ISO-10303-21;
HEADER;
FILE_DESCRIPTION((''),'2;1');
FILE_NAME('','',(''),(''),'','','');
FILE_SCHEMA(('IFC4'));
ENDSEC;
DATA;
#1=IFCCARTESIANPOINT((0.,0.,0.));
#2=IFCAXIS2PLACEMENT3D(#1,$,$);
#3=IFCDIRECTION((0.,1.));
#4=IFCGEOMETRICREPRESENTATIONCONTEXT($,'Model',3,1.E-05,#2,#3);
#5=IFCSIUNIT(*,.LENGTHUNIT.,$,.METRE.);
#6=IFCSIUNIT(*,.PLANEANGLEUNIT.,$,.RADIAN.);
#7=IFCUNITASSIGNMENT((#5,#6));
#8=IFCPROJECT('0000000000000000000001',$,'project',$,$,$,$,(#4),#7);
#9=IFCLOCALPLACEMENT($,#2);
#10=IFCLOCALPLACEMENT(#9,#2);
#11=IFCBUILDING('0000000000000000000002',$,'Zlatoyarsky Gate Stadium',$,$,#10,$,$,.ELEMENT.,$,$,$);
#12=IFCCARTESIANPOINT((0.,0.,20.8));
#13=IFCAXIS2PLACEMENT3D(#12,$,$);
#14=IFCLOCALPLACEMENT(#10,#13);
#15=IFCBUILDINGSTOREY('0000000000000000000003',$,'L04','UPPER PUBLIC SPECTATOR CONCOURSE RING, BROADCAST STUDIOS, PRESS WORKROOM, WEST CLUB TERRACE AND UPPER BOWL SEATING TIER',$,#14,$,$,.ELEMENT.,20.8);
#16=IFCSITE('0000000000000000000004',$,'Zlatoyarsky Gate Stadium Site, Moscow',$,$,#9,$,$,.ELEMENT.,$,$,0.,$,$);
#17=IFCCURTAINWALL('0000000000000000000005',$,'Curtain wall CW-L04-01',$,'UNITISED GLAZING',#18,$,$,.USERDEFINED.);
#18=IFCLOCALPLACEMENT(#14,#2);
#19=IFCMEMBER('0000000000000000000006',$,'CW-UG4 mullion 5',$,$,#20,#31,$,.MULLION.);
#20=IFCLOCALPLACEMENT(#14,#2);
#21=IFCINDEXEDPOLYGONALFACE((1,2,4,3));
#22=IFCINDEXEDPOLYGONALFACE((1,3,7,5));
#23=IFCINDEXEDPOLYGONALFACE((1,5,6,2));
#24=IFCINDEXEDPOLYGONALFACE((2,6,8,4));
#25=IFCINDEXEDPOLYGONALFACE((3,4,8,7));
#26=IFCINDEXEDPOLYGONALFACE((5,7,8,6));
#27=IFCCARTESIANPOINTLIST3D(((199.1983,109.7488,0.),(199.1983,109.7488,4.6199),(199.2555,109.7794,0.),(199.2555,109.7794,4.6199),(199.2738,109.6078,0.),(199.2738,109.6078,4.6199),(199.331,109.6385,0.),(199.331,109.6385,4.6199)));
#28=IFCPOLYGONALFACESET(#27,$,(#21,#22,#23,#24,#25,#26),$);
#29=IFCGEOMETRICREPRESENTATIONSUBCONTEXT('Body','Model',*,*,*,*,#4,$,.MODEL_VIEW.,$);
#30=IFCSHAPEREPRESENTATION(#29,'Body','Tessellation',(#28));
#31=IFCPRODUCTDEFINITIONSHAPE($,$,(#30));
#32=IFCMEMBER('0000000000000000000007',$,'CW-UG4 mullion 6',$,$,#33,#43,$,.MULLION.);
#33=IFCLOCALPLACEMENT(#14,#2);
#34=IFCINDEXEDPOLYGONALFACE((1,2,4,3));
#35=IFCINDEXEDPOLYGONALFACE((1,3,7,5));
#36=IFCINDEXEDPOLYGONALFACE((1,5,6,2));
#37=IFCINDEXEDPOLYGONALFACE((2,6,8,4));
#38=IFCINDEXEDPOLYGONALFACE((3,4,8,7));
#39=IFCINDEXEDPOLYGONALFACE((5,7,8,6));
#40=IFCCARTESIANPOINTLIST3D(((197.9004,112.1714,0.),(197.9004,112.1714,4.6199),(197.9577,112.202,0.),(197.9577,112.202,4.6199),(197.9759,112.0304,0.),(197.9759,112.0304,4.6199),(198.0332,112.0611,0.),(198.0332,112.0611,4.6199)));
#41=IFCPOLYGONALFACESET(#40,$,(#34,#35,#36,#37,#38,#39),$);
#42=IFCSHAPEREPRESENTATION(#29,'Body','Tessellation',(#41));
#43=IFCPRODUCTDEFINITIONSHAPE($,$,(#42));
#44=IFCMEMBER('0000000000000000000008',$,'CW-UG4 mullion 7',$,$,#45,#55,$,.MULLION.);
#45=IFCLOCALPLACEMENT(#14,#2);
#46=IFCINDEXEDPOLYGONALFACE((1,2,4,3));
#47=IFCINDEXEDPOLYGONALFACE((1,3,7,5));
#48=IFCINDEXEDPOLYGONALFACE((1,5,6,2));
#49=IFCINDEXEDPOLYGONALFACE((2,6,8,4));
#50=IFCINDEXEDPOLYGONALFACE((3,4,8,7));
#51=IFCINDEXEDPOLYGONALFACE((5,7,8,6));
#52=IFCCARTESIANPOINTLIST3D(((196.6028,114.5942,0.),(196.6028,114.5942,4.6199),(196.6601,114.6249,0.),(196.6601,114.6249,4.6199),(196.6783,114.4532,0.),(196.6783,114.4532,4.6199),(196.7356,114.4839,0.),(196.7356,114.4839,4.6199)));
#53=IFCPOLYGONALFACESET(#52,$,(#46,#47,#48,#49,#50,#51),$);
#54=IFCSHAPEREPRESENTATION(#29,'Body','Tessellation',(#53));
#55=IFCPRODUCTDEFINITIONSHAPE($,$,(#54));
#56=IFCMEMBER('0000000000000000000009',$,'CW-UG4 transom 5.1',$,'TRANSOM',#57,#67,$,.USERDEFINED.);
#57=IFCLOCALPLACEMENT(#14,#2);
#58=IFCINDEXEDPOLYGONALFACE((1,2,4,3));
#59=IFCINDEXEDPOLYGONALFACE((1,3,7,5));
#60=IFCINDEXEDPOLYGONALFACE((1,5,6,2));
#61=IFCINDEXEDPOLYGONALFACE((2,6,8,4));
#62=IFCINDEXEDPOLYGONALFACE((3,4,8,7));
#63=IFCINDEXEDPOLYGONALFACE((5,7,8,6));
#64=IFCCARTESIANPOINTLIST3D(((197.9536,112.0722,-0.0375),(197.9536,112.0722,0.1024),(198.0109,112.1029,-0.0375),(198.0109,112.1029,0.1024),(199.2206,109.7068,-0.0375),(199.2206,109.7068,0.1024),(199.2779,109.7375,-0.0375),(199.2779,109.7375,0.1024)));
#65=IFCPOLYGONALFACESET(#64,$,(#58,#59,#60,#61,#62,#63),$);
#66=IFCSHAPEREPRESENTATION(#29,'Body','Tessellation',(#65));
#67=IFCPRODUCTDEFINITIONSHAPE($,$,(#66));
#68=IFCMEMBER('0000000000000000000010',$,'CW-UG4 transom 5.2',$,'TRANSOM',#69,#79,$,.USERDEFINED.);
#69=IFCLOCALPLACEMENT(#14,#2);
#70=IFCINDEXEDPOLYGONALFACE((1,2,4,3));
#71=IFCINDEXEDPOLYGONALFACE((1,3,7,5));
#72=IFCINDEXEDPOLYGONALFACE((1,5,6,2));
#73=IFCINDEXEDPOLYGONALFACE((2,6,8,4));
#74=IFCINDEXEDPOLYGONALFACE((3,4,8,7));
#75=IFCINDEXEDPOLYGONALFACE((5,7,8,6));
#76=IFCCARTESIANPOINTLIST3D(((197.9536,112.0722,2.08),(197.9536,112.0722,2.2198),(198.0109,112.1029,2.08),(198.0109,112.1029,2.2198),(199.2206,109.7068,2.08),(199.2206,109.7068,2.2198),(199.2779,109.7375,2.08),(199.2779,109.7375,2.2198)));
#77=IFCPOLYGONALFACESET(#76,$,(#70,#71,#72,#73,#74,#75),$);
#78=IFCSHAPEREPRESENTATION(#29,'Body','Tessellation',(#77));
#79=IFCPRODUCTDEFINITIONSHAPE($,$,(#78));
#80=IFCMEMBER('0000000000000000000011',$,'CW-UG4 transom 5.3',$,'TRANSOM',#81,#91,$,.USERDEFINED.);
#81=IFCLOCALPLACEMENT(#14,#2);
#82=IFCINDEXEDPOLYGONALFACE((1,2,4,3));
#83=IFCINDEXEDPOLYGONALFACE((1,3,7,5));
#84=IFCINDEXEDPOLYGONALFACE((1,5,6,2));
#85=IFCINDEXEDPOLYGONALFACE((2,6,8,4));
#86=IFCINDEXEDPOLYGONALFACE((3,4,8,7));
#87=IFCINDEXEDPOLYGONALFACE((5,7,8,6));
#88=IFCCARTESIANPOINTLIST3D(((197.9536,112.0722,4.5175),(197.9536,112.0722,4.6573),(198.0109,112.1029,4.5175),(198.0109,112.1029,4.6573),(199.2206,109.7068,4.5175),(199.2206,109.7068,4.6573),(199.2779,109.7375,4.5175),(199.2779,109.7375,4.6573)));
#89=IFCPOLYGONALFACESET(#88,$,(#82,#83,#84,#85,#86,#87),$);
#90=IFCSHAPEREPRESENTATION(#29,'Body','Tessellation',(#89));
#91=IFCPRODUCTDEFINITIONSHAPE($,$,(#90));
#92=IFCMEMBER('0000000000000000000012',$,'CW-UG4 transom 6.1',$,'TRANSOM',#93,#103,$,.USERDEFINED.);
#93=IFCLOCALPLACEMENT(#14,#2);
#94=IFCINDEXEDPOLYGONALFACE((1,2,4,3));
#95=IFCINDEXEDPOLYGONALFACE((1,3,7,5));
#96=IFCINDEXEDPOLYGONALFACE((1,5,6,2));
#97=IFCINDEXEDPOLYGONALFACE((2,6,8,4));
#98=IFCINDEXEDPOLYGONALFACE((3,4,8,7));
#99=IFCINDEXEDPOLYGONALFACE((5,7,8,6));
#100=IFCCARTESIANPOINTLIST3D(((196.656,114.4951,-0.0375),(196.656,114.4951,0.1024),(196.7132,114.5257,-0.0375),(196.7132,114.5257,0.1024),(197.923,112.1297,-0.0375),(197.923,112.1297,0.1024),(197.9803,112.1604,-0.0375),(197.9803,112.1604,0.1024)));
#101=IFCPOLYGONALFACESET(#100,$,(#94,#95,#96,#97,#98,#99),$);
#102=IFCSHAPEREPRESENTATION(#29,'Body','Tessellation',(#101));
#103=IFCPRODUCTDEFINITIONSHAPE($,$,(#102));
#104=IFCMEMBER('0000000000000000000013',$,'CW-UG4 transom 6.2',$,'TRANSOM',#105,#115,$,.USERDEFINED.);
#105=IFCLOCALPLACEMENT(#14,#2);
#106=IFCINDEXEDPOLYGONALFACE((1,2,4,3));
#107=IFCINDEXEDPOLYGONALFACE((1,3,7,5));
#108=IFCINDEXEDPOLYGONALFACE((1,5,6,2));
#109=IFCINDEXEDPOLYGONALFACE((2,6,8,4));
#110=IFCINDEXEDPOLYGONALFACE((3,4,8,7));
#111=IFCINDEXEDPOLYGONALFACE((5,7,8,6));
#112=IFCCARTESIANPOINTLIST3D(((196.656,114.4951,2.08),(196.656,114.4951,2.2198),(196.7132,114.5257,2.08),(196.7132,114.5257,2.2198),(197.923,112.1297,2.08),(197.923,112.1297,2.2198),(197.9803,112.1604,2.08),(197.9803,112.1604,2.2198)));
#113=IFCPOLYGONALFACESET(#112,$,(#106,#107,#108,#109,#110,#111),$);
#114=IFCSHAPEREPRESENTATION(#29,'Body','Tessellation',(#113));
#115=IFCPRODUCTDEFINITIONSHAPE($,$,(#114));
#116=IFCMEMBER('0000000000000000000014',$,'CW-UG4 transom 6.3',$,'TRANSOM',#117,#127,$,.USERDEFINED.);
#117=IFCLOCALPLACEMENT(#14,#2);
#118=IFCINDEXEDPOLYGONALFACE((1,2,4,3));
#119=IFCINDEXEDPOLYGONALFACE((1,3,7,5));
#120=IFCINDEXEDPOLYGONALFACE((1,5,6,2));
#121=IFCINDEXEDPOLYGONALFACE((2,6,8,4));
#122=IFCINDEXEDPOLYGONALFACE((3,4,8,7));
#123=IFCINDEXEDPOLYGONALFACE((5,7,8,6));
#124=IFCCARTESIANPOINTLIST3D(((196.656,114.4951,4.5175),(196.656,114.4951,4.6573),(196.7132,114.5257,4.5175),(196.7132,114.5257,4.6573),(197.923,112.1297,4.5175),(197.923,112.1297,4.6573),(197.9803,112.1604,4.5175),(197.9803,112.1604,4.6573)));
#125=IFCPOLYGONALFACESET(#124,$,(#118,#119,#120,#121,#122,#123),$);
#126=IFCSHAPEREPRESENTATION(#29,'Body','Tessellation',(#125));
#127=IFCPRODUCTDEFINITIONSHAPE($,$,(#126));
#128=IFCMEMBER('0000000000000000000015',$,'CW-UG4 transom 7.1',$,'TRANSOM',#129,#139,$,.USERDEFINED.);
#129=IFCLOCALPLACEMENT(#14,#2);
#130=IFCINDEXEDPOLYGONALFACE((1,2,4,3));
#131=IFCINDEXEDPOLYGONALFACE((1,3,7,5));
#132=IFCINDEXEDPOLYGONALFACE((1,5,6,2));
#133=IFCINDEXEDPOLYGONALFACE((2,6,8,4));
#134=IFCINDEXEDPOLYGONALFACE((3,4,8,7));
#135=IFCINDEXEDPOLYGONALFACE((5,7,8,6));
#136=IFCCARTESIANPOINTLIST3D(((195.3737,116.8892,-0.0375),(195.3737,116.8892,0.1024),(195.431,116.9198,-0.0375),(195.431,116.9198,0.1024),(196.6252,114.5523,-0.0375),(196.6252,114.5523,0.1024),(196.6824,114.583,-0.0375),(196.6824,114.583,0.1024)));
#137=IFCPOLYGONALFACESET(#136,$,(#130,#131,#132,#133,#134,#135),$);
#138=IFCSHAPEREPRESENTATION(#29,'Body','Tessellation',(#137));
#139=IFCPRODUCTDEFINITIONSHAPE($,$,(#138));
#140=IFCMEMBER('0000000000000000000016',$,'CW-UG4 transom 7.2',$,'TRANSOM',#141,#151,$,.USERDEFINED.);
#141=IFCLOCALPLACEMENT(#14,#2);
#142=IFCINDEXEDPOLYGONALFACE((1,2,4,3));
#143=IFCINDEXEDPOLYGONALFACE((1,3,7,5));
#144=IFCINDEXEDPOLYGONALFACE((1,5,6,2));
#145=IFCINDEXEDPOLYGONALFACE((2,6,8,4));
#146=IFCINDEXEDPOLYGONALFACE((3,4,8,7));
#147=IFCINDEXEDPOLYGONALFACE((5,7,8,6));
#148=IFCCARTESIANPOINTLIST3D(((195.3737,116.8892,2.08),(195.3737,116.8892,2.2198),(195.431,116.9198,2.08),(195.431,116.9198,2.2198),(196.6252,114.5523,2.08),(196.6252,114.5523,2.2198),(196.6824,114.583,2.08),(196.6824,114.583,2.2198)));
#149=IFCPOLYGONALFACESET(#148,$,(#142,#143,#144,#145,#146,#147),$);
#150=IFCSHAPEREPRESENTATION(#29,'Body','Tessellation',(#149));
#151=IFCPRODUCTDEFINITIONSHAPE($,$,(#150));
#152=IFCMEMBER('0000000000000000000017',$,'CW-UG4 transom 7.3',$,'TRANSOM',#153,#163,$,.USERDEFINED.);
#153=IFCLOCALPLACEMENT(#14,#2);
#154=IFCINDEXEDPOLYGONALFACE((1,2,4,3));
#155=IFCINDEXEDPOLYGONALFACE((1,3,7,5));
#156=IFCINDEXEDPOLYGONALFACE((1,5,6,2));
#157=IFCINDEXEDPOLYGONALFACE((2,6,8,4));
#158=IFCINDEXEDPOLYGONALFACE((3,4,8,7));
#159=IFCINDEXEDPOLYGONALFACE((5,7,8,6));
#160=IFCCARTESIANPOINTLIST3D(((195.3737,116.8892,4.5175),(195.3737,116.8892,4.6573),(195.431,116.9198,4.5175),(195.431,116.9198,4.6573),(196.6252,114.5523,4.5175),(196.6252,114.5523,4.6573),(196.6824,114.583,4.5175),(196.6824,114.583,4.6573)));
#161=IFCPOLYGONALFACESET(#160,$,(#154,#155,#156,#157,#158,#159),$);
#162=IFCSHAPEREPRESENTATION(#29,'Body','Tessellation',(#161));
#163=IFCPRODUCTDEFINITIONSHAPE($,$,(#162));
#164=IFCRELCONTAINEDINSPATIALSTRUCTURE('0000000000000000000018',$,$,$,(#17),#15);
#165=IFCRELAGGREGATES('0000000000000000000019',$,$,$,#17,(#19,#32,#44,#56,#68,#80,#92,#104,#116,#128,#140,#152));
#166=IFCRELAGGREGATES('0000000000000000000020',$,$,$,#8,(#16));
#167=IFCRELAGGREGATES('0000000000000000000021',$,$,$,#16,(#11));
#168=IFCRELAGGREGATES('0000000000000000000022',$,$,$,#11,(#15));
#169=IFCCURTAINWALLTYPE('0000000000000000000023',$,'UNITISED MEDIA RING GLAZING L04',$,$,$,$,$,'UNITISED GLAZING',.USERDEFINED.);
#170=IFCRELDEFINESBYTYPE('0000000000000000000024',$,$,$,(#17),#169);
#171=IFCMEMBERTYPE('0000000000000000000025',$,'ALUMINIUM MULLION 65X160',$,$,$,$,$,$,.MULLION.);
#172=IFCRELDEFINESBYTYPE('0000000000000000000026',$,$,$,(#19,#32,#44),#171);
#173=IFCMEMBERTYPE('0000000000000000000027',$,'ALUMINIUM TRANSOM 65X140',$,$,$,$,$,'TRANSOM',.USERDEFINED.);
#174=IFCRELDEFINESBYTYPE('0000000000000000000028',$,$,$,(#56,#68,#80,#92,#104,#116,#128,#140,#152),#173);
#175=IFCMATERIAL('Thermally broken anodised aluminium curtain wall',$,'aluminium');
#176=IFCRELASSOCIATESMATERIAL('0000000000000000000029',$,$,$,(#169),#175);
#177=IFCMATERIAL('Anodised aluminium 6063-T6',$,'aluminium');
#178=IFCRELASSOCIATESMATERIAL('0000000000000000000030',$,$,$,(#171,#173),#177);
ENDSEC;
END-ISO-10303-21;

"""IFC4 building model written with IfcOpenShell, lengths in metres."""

from ifc_helpers import new_model, si_unit, direction, frame, origin, origin_2d, place, context, subcontext, project, spatial, rectangle, extrude, material, material_profile, profile_set, type_object, element, aggregate, save


model = new_model("IFC4")

# Units and contexts
model_context = context("Model", 3, precision=1e-05, world=origin(), true_north=direction((0.0, 1.0)))
body_context = subcontext(model_context, "Body", "Model", "MODEL_VIEW")
ifc_project = project(units=[si_unit("LENGTHUNIT", "METRE"), si_unit("PLANEANGLEUNIT", "RADIAN")], contexts=[model_context])

# Site, building, storey
site_placement = place(None, origin())
site = spatial("IfcSite", under=ifc_project, at=site_placement, Name="Zlatoyarsky Gate Stadium Site, Moscow", CompositionType="ELEMENT", RefElevation=0.0)
building_placement = place(site_placement, origin())
building = spatial("IfcBuilding", under=site, at=building_placement, Name="Zlatoyarsky Gate Stadium", CompositionType="ELEMENT")
storey_placement = place(building_placement, frame((0.0, 0.0, 20.8)))
storey = spatial("IfcBuildingStorey", under=building, at=storey_placement, Name="L04", Description="UPPER PUBLIC SPECTATOR CONCOURSE RING, BROADCAST STUDIOS, PRESS WORKROOM, WEST CLUB TERRACE AND UPPER BOWL SEATING TIER", CompositionType="ELEMENT", Elevation=20.8)

# Curtain wall, members
ifc_material_1 = material(Name="Thermally broken anodised aluminium curtain wall", Category="aluminium")
curtain_wall_type = type_object("IfcCurtainWallType", Name="UNITISED MEDIA RING GLAZING L04", ElementType="UNITISED GLAZING", PredefinedType="USERDEFINED", material=ifc_material_1)
curtain_wall_placement = place(storey_placement, origin())
curtain_wall = element("IfcCurtainWall", 1, at=curtain_wall_placement, inside=storey, type_object=curtain_wall_type, Name="Curtain wall CW-L04-01", ObjectType="UNITISED GLAZING", PredefinedType="USERDEFINED")
ifc_material_2 = material(Name="Anodised aluminium 6063-T6", Category="aluminium")
ifc_material_profile_1 = material_profile(ifc_material_2, rectangle(XDim=0.0649, YDim=0.1599, at=origin_2d()), Name="ALU 65X160")
ifc_profile_set_1 = profile_set([ifc_material_profile_1], Name="Anodised aluminium 6063-T6")
member_type_1 = type_object("IfcMemberType", Name="ALUMINIUM MULLION 65X160", PredefinedType="MULLION", material=ifc_profile_set_1)
member_1_placement = place(storey_placement, frame((199.2646, 109.6936, 0.0), z_axis=(0.0, 0.0, 1.0), x_axis=(-0.881521, -0.472145, 0.0)))
member_1 = element("IfcMember", 2, at=member_1_placement, type_object=member_type_1, Name="CW-UG4 mullion 5", PredefinedType="MULLION", context=body_context, shape_type="SweptSolid", body=[
    extrude(rectangle(XDim=0.0649, YDim=0.1599, at=origin_2d()), origin(), (0.0, 0.0, 1.0), 4.6199),
])
member_2_placement = place(storey_placement, frame((197.9668, 112.1162, 0.0), z_axis=(0.0, 0.0, 1.0), x_axis=(-0.881521, -0.472145, 0.0)))
member_2 = element("IfcMember", 3, at=member_2_placement, type_object=member_type_1, Name="CW-UG4 mullion 6", PredefinedType="MULLION", context=body_context, shape_type="SweptSolid", body=[
    extrude(rectangle(XDim=0.0649, YDim=0.1599, at=origin_2d()), origin(), (0.0, 0.0, 1.0), 4.6199),
])
member_3_placement = place(storey_placement, frame((196.6692, 114.5391, 0.0), z_axis=(0.0, 0.0, 1.0), x_axis=(-0.881521, -0.472145, 0.0)))
member_3 = element("IfcMember", 4, at=member_3_placement, type_object=member_type_1, Name="CW-UG4 mullion 7", PredefinedType="MULLION", context=body_context, shape_type="SweptSolid", body=[
    extrude(rectangle(XDim=0.0649, YDim=0.1599, at=origin_2d()), origin(), (0.0, 0.0, 1.0), 4.6199),
])
ifc_material_profile_2 = material_profile(ifc_material_2, rectangle(XDim=0.0649, YDim=0.1399, at=origin_2d()), Name="ALU 65X140")
ifc_profile_set_2 = profile_set([ifc_material_profile_2], Name="Anodised aluminium 6063-T6")
member_type_2 = type_object("IfcMemberType", Name="ALUMINIUM TRANSOM 65X140", ElementType="TRANSOM", PredefinedType="USERDEFINED", material=ifc_profile_set_2)
member_4_placement = place(storey_placement, frame((199.2493, 109.7222, 0.0325), z_axis=(-0.472184, 0.8815, 0.0), x_axis=(-0.8815, -0.472184, 0.0)))
member_4 = element("IfcMember", 5, at=member_4_placement, type_object=member_type_2, Name="CW-UG4 transom 5.1", ObjectType="TRANSOM", PredefinedType="USERDEFINED", context=body_context, shape_type="SweptSolid", body=[
    extrude(rectangle(XDim=0.0649, YDim=0.1399, at=origin_2d()), origin(), (0.0, 0.0, 1.0), 2.6833),
])
member_5_placement = place(storey_placement, frame((199.2493, 109.7222, 2.1499), z_axis=(-0.472184, 0.8815, 0.0), x_axis=(-0.8815, -0.472184, 0.0)))
member_5 = element("IfcMember", 6, at=member_5_placement, type_object=member_type_2, Name="CW-UG4 transom 5.2", ObjectType="TRANSOM", PredefinedType="USERDEFINED", context=body_context, shape_type="SweptSolid", body=[
    extrude(rectangle(XDim=0.0649, YDim=0.1399, at=origin_2d()), origin(), (0.0, 0.0, 1.0), 2.6833),
])
member_6_placement = place(storey_placement, frame((199.2493, 109.7222, 4.5874), z_axis=(-0.472184, 0.8815, 0.0), x_axis=(-0.8815, -0.472184, 0.0)))
member_6 = element("IfcMember", 7, at=member_6_placement, type_object=member_type_2, Name="CW-UG4 transom 5.3", ObjectType="TRANSOM", PredefinedType="USERDEFINED", context=body_context, shape_type="SweptSolid", body=[
    extrude(rectangle(XDim=0.0649, YDim=0.1399, at=origin_2d()), origin(), (0.0, 0.0, 1.0), 2.6833),
])
member_7_placement = place(storey_placement, frame((197.9517, 112.145, 0.0325), z_axis=(-0.472184, 0.8815, 0.0), x_axis=(-0.8815, -0.472184, 0.0)))
member_7 = element("IfcMember", 8, at=member_7_placement, type_object=member_type_2, Name="CW-UG4 transom 6.1", ObjectType="TRANSOM", PredefinedType="USERDEFINED", context=body_context, shape_type="SweptSolid", body=[
    extrude(rectangle(XDim=0.0649, YDim=0.1399, at=origin_2d()), origin(), (0.0, 0.0, 1.0), 2.6833),
])
member_8_placement = place(storey_placement, frame((197.9517, 112.145, 2.1499), z_axis=(-0.472184, 0.8815, 0.0), x_axis=(-0.8815, -0.472184, 0.0)))
member_8 = element("IfcMember", 9, at=member_8_placement, type_object=member_type_2, Name="CW-UG4 transom 6.2", ObjectType="TRANSOM", PredefinedType="USERDEFINED", context=body_context, shape_type="SweptSolid", body=[
    extrude(rectangle(XDim=0.0649, YDim=0.1399, at=origin_2d()), origin(), (0.0, 0.0, 1.0), 2.6833),
])
member_9_placement = place(storey_placement, frame((197.9517, 112.145, 4.5874), z_axis=(-0.472184, 0.8815, 0.0), x_axis=(-0.8815, -0.472184, 0.0)))
member_9 = element("IfcMember", 10, at=member_9_placement, type_object=member_type_2, Name="CW-UG4 transom 6.3", ObjectType="TRANSOM", PredefinedType="USERDEFINED", context=body_context, shape_type="SweptSolid", body=[
    extrude(rectangle(XDim=0.0649, YDim=0.1399, at=origin_2d()), origin(), (0.0, 0.0, 1.0), 2.6833),
])
member_10_placement = place(storey_placement, frame((196.6538, 114.5676, 0.0325), z_axis=(-0.472089, 0.881551, 0.0), x_axis=(-0.881551, -0.472089, 0.0)))
member_10 = element("IfcMember", 11, at=member_10_placement, type_object=member_type_2, Name="CW-UG4 transom 7.1", ObjectType="TRANSOM", PredefinedType="USERDEFINED", context=body_context, shape_type="SweptSolid", body=[
    extrude(rectangle(XDim=0.0649, YDim=0.1399, at=origin_2d()), origin(), (0.0, 0.0, 1.0), 2.6509),
])
member_11_placement = place(storey_placement, frame((196.6538, 114.5676, 2.1499), z_axis=(-0.472089, 0.881551, 0.0), x_axis=(-0.881551, -0.472089, 0.0)))
member_11 = element("IfcMember", 12, at=member_11_placement, type_object=member_type_2, Name="CW-UG4 transom 7.2", ObjectType="TRANSOM", PredefinedType="USERDEFINED", context=body_context, shape_type="SweptSolid", body=[
    extrude(rectangle(XDim=0.0649, YDim=0.1399, at=origin_2d()), origin(), (0.0, 0.0, 1.0), 2.6509),
])
member_12_placement = place(storey_placement, frame((196.6538, 114.5676, 4.5874), z_axis=(-0.472089, 0.881551, 0.0), x_axis=(-0.881551, -0.472089, 0.0)))
member_12 = element("IfcMember", 13, at=member_12_placement, type_object=member_type_2, Name="CW-UG4 transom 7.3", ObjectType="TRANSOM", PredefinedType="USERDEFINED", context=body_context, shape_type="SweptSolid", body=[
    extrude(rectangle(XDim=0.0649, YDim=0.1399, at=origin_2d()), origin(), (0.0, 0.0, 1.0), 2.6509),
])

aggregate(curtain_wall, [member_1, member_2, member_3, member_4, member_5, member_6, member_7, member_8, member_9, member_10, member_11, member_12])

save(model, "model.ifc")
